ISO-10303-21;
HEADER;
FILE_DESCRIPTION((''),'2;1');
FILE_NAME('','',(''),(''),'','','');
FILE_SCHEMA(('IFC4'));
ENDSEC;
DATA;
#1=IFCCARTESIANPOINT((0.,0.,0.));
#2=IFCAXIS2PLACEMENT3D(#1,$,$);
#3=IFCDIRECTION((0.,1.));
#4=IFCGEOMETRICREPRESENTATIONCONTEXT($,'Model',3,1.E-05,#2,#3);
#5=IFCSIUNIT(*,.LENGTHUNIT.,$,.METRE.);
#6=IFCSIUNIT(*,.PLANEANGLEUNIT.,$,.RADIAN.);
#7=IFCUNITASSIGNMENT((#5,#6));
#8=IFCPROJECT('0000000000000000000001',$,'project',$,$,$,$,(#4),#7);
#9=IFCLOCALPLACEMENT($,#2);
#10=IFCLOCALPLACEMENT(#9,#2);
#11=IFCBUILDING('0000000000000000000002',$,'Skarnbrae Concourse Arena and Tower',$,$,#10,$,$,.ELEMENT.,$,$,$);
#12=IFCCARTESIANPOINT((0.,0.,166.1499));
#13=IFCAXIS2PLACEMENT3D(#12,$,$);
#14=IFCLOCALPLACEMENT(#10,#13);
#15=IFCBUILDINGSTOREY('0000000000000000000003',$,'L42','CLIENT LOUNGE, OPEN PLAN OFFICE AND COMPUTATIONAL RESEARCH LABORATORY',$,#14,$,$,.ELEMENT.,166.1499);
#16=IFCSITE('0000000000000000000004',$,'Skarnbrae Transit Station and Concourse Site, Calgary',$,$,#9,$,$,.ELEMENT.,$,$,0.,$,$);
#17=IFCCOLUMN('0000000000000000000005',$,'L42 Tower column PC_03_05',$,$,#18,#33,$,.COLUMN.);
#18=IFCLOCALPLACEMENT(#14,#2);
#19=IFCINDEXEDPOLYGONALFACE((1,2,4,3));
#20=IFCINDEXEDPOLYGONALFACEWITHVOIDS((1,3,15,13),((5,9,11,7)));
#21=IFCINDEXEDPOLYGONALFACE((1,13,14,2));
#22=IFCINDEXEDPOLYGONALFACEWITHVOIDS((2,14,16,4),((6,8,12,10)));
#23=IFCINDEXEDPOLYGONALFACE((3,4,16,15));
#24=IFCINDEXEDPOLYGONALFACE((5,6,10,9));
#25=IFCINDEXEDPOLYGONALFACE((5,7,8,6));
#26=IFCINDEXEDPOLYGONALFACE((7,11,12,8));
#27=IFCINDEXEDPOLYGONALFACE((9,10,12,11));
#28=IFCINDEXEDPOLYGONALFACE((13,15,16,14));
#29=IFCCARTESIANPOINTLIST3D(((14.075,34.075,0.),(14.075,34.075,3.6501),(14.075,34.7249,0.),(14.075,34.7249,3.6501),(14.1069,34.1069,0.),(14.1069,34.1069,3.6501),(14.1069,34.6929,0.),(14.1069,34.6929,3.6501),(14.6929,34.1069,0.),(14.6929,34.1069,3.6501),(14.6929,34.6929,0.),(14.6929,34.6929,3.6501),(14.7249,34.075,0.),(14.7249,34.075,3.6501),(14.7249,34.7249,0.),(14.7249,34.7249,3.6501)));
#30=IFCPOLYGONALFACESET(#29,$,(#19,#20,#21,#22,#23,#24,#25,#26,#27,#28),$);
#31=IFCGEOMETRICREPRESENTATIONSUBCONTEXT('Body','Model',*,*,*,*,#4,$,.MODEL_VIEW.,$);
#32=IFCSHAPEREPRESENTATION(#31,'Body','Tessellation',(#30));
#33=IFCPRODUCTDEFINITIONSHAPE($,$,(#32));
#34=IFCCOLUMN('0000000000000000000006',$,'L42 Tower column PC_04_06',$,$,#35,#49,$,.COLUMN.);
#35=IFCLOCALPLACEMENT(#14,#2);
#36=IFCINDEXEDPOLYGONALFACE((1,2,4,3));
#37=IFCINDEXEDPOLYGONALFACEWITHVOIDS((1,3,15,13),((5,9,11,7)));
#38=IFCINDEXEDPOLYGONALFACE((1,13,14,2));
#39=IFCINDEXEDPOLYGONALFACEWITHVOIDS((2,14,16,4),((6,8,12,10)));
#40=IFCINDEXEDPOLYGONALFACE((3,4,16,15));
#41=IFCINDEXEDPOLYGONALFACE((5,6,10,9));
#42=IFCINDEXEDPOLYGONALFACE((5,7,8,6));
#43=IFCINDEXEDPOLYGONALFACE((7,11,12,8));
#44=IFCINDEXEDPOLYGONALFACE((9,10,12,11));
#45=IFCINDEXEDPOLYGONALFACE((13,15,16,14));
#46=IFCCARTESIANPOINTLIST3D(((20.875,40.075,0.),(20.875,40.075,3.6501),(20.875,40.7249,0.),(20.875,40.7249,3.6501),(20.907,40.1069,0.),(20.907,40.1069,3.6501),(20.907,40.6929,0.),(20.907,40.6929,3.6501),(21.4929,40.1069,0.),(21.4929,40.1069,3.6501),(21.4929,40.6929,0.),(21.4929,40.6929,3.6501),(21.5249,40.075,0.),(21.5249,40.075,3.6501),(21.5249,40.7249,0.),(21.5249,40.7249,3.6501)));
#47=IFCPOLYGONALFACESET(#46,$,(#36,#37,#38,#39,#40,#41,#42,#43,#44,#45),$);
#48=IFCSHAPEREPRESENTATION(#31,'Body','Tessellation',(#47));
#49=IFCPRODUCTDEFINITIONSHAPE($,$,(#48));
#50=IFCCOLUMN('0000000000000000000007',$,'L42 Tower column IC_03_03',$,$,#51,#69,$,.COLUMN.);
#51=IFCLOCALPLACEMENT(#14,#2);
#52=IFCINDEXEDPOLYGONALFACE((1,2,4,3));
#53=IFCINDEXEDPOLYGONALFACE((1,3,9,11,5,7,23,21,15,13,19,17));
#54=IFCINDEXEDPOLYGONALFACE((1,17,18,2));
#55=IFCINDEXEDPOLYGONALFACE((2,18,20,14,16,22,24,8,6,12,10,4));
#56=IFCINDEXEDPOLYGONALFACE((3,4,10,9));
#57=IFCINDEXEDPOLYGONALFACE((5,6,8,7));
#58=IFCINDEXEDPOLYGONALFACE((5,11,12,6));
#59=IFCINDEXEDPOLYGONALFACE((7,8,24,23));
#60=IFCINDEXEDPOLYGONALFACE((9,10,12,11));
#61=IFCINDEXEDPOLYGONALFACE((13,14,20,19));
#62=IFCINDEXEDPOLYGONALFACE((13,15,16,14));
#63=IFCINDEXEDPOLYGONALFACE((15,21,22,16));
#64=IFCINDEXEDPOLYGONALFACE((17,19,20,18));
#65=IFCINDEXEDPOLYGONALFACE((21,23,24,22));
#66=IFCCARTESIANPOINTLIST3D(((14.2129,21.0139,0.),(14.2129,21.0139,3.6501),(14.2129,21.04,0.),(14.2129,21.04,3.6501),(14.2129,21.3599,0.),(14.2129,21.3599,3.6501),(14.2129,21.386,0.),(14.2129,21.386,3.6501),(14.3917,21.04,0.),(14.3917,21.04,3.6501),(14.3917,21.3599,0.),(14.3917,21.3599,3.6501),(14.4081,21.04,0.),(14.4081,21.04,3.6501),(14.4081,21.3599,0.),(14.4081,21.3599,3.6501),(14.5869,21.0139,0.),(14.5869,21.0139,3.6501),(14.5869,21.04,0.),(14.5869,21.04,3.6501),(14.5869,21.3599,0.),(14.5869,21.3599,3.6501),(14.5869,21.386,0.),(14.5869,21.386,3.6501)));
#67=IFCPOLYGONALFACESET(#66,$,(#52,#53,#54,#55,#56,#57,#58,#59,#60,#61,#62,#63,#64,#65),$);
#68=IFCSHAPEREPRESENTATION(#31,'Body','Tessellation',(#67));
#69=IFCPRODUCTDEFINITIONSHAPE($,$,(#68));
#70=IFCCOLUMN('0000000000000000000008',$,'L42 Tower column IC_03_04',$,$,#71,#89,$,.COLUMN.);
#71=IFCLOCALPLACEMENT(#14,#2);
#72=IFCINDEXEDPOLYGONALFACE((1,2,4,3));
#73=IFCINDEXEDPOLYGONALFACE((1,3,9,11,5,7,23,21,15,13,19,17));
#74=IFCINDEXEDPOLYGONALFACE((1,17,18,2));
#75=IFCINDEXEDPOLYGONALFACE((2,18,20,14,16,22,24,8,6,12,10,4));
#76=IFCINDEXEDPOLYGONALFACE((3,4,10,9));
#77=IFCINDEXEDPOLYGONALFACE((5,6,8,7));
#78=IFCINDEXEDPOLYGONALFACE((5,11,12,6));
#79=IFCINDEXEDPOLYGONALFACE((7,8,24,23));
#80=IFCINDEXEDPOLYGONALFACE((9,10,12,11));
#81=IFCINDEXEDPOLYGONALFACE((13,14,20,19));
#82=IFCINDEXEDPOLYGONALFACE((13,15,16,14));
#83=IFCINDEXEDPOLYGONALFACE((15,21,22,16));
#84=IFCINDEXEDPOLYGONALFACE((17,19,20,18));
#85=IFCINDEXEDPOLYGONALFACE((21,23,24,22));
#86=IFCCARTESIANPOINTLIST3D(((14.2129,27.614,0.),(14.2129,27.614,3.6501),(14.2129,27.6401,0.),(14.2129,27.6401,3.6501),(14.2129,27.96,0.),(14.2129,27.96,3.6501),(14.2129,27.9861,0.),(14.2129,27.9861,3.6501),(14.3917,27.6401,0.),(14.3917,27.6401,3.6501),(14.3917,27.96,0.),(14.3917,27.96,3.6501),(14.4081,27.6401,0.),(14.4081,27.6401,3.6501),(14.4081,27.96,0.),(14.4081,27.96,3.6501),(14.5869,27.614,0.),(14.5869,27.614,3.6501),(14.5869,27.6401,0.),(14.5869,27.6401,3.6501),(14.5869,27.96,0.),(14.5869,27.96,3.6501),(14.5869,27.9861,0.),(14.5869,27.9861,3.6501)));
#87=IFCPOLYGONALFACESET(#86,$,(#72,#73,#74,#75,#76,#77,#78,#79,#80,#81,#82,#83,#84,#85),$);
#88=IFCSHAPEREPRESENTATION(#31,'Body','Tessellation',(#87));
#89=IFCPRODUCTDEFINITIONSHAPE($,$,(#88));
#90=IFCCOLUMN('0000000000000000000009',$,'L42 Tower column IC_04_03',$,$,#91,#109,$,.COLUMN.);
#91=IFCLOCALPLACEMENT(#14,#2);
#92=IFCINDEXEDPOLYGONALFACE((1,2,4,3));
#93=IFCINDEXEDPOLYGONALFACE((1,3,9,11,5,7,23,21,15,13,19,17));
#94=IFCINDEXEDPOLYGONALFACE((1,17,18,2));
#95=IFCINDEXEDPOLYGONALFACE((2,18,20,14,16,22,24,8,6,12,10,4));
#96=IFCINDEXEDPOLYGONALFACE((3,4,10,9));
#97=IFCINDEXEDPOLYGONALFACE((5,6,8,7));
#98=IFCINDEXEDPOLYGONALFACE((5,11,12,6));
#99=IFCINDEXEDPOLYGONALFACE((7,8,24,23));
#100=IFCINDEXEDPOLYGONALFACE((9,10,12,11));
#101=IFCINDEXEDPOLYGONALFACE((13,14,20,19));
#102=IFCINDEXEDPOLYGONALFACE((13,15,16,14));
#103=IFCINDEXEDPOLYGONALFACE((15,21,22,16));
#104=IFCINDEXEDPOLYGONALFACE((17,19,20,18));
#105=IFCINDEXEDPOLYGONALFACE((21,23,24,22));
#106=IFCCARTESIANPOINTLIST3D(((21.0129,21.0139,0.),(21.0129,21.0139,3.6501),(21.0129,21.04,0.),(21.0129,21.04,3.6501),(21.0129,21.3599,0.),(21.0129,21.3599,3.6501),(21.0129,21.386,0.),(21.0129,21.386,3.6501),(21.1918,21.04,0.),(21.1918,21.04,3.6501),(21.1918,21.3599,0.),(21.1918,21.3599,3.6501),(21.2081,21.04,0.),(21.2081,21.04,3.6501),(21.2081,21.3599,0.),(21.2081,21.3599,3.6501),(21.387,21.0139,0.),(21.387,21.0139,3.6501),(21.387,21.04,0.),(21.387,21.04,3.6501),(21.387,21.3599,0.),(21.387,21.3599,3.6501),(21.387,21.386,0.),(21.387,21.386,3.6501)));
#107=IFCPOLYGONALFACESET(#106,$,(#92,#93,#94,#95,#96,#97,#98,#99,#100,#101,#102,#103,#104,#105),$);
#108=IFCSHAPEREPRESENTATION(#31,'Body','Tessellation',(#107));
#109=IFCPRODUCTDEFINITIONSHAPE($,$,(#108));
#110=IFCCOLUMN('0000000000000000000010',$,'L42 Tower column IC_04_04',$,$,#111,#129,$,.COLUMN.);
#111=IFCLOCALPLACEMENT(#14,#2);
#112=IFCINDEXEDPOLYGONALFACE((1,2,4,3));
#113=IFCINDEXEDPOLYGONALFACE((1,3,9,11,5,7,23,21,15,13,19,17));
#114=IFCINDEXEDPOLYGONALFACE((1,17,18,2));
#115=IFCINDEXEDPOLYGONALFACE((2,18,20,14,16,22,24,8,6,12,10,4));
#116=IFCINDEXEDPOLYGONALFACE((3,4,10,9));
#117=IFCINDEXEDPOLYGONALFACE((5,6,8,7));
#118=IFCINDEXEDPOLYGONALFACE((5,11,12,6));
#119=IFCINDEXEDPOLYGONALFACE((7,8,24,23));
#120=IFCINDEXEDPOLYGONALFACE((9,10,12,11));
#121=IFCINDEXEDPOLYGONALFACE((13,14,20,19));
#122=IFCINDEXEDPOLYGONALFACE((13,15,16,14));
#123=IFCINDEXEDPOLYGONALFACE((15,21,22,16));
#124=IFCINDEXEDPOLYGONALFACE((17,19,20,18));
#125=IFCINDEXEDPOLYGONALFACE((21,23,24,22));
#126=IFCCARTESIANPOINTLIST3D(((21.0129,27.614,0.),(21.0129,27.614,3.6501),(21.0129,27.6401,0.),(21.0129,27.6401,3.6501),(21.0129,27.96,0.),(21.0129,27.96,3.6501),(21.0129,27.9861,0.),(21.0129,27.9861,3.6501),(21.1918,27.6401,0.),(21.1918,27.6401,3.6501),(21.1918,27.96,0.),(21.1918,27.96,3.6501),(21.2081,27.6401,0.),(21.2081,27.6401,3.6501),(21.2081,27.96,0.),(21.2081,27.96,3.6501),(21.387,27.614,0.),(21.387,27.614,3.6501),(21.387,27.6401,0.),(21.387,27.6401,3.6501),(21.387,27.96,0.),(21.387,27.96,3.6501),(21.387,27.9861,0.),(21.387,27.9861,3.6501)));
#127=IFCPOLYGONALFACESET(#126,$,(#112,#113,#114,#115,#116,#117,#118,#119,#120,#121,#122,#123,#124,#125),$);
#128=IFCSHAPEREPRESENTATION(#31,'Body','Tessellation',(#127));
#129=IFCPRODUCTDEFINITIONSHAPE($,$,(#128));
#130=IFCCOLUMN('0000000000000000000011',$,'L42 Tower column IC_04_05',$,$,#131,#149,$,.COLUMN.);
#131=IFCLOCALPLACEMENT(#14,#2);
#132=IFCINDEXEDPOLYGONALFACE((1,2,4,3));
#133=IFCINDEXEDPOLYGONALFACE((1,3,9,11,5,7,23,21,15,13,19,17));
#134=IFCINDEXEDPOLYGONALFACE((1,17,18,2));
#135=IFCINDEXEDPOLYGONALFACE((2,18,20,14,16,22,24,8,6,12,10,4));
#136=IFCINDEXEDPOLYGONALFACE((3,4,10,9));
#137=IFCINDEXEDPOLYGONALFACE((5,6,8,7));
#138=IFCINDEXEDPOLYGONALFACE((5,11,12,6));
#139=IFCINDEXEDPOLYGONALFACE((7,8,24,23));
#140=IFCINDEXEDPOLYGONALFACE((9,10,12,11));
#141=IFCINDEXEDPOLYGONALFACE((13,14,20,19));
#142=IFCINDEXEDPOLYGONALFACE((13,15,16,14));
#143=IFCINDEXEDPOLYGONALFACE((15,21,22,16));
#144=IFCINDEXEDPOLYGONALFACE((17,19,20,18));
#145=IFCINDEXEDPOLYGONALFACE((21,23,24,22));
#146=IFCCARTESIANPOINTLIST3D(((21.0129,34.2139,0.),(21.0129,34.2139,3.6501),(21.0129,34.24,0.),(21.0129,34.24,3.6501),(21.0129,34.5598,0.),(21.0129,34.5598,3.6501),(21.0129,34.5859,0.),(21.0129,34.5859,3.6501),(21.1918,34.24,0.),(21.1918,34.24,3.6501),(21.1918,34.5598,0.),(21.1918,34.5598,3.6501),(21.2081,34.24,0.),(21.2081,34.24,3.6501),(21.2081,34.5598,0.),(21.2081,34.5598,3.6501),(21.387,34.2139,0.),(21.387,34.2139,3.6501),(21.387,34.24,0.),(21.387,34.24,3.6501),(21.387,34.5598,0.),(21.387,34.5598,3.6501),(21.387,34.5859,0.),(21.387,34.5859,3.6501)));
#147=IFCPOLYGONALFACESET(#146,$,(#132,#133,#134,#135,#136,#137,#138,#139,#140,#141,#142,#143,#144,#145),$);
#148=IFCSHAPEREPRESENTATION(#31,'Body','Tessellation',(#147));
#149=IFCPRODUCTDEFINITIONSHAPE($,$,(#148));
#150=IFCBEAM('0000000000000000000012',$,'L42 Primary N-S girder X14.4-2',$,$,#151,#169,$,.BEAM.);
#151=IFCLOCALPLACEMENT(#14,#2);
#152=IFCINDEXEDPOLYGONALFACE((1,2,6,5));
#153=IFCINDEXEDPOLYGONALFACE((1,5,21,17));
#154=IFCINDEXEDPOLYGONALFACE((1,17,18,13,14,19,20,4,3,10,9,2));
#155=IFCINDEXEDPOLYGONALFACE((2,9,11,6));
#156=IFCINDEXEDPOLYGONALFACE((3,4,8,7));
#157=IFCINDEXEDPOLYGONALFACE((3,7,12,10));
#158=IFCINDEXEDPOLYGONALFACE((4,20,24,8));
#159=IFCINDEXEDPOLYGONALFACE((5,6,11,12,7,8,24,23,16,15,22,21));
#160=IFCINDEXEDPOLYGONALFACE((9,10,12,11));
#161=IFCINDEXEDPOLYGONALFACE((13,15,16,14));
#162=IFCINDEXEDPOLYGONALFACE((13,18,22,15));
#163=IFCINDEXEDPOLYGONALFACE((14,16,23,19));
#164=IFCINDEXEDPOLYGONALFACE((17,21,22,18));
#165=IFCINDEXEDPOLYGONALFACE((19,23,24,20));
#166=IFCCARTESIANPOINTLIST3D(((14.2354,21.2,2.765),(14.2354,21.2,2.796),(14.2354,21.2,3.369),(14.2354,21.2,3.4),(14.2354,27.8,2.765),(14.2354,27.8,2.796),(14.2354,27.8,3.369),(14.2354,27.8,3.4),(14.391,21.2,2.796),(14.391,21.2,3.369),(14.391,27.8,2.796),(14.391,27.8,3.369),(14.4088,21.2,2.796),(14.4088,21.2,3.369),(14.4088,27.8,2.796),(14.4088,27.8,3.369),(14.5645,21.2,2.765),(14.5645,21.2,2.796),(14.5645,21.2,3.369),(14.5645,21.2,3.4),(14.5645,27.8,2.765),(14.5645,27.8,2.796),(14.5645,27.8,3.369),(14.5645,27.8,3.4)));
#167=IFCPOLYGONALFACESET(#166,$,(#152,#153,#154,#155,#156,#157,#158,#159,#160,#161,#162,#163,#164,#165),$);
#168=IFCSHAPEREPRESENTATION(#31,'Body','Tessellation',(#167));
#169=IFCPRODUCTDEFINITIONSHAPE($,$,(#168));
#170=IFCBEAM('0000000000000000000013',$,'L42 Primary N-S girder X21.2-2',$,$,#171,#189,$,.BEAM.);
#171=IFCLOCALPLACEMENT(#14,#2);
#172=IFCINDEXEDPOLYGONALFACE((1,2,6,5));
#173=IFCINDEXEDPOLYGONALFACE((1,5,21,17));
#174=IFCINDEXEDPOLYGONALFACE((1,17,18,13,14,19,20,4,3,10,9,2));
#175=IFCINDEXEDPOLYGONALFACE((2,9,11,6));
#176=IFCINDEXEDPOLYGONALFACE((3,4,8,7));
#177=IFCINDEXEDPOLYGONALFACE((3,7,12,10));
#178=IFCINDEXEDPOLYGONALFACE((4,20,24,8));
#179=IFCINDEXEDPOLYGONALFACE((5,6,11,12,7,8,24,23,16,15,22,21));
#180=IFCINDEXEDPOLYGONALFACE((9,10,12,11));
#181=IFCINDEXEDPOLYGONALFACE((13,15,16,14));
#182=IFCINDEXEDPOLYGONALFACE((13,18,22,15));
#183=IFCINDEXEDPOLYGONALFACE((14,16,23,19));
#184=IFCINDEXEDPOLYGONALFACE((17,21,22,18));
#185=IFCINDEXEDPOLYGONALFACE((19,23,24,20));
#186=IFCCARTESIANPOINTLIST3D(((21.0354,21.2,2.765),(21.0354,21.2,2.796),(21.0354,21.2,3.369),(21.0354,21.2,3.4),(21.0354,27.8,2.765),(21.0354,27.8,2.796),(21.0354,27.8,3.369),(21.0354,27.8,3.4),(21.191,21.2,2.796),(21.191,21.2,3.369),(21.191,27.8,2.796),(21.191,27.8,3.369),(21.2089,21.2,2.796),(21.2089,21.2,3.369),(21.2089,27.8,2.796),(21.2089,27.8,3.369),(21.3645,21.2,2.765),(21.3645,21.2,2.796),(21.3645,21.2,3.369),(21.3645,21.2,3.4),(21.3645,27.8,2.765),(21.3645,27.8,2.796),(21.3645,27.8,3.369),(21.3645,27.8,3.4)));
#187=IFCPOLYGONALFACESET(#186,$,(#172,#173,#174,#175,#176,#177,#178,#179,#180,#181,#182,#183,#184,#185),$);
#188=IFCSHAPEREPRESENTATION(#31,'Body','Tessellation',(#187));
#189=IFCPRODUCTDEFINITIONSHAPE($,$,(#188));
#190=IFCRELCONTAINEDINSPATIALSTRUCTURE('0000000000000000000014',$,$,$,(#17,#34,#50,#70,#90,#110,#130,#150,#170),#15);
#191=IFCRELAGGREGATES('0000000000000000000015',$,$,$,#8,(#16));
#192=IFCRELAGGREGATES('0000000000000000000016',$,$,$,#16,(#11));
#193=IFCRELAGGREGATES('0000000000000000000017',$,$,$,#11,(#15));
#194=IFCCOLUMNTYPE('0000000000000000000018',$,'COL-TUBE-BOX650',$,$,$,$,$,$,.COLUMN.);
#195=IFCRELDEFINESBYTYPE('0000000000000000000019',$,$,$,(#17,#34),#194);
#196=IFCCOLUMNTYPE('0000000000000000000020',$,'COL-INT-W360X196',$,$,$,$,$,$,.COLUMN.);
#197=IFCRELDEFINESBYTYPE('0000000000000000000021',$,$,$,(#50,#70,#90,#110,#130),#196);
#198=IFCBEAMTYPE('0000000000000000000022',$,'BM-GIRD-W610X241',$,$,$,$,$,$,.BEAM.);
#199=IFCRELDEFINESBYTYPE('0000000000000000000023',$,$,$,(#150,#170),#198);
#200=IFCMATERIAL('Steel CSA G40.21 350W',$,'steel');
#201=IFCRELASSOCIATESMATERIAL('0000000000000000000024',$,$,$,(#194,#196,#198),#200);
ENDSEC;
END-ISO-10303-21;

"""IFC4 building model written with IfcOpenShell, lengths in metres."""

from ifc_helpers import new_model, si_unit, direction, frame, origin, origin_2d, place, context, subcontext, project, spatial, hollow_rectangle, i_section, extrude, source, transform, mapped, material, material_profile, profile_set, type_object, element, save


model = new_model("IFC4")

# Units and contexts
model_context = context("Model", 3, precision=1e-05, world=origin(), true_north=direction((0.0, 1.0)))
body_context = subcontext(model_context, "Body", "Model", "MODEL_VIEW")
ifc_project = project(units=[si_unit("LENGTHUNIT", "METRE"), si_unit("PLANEANGLEUNIT", "RADIAN")], contexts=[model_context])

# Site, building, storey
site_placement = place(None, origin())
site = spatial("IfcSite", under=ifc_project, at=site_placement, Name="Skarnbrae Transit Station and Concourse Site, Calgary", CompositionType="ELEMENT", RefElevation=0.0)
building_placement = place(site_placement, origin())
building = spatial("IfcBuilding", under=site, at=building_placement, Name="Skarnbrae Concourse Arena and Tower", CompositionType="ELEMENT")
storey_placement = place(building_placement, frame((0.0, 0.0, 166.1499)))
storey = spatial("IfcBuildingStorey", under=building, at=storey_placement, Name="L42", Description="CLIENT LOUNGE, OPEN PLAN OFFICE AND COMPUTATIONAL RESEARCH LABORATORY", CompositionType="ELEMENT", Elevation=166.1499)

# Columns
ifc_material_1 = material(Name="Steel CSA G40.21 350W", Category="steel")
ifc_material_profile_1 = material_profile(ifc_material_1, hollow_rectangle(XDim=0.6499, YDim=0.6499, WallThickness=0.032, at=origin_2d()), Name="BOX650X650X32")
ifc_profile_set_1 = profile_set([ifc_material_profile_1], Name="Steel CSA G40.21 350W")
column_type_1 = type_object("IfcColumnType", Name="COL-TUBE-BOX650", PredefinedType="COLUMN", material=ifc_profile_set_1)
shared_shape_1 = source(origin(), body_context, "Body", "SweptSolid", [
    extrude(hollow_rectangle(XDim=0.6499, YDim=0.6499, WallThickness=0.032, at=origin_2d()), origin(), (0.0, 0.0, 1.0), 3.6501),
])
for number, where, z_axis, x_axis, name in (
    (1, (14.3999, 34.3999, 0.0), (0.0, 0.0, 1.0), (1.0, 0.0, 0.0), "L42 Tower column PC_03_05"),
    (2, (21.2, 40.3999, 0.0), (0.0, 0.0, 1.0), (1.0, 0.0, 0.0), "L42 Tower column PC_04_06"),
):
    element("IfcColumn", number, at=place(storey_placement, frame(where, z_axis=z_axis, x_axis=x_axis)), inside=storey, type_object=column_type_1, Name=name, PredefinedType="COLUMN", context=body_context, shape_type="MappedRepresentation", body=[
        mapped(shared_shape_1, transform((0.0, 0.0, 0.0))),
    ])
ifc_material_profile_2 = material_profile(ifc_material_1, i_section(OverallWidth=0.374, OverallDepth=0.3721, WebThickness=0.0164, FlangeThickness=0.0261, at=origin_2d()), Name="W360X196")
ifc_profile_set_2 = profile_set([ifc_material_profile_2], Name="Steel CSA G40.21 350W")
column_type_2 = type_object("IfcColumnType", Name="COL-INT-W360X196", PredefinedType="COLUMN", material=ifc_profile_set_2)
shared_shape_2 = source(origin(), body_context, "Body", "SweptSolid", [
    extrude(i_section(OverallWidth=0.374, OverallDepth=0.3721, WebThickness=0.0164, FlangeThickness=0.0261, at=origin_2d()), origin(), (0.0, 0.0, 1.0), 3.6501),
])
for number, where, z_axis, x_axis, name in (
    (3, (14.3999, 21.2, 0.0), (0.0, 0.0, 1.0), (1.0, 0.0, 0.0), "L42 Tower column IC_03_03"),
    (4, (14.3999, 27.8, 0.0), (0.0, 0.0, 1.0), (1.0, 0.0, 0.0), "L42 Tower column IC_03_04"),
    (5, (21.2, 21.2, 0.0), (0.0, 0.0, 1.0), (1.0, 0.0, 0.0), "L42 Tower column IC_04_03"),
    (6, (21.2, 27.8, 0.0), (0.0, 0.0, 1.0), (1.0, 0.0, 0.0), "L42 Tower column IC_04_04"),
    (7, (21.2, 34.3999, 0.0), (0.0, 0.0, 1.0), (1.0, 0.0, 0.0), "L42 Tower column IC_04_05"),
):
    element("IfcColumn", number, at=place(storey_placement, frame(where, z_axis=z_axis, x_axis=x_axis)), inside=storey, type_object=column_type_2, Name=name, PredefinedType="COLUMN", context=body_context, shape_type="MappedRepresentation", body=[
        mapped(shared_shape_2, transform((0.0, 0.0, 0.0))),
    ])

# Beams
ifc_material_profile_3 = material_profile(ifc_material_1, i_section(OverallWidth=0.3291, OverallDepth=0.635, WebThickness=0.0178, FlangeThickness=0.031, at=origin_2d()), Name="W610X241")
ifc_profile_set_3 = profile_set([ifc_material_profile_3], Name="Steel CSA G40.21 350W")
beam_type_1 = type_object("IfcBeamType", Name="BM-GIRD-W610X241", PredefinedType="BEAM", material=ifc_profile_set_3)
shared_shape_3 = source(origin(), body_context, "Body", "SweptSolid", [
    extrude(i_section(OverallWidth=0.3291, OverallDepth=0.635, WebThickness=0.0178, FlangeThickness=0.031, at=origin_2d()), origin(), (0.0, 0.0, 1.0), 6.6001),
])
for number, where, z_axis, x_axis, name in (
    (8, (14.3999, 21.2, 3.0825), (0.0, 1.0, 0.0), (-1.0, 0.0, 0.0), "L42 Primary N-S girder X14.4-2"),
    (9, (21.2, 21.2, 3.0825), (0.0, 1.0, 0.0), (-1.0, 0.0, 0.0), "L42 Primary N-S girder X21.2-2"),
):
    element("IfcBeam", number, at=place(storey_placement, frame(where, z_axis=z_axis, x_axis=x_axis)), inside=storey, type_object=beam_type_1, Name=name, PredefinedType="BEAM", context=body_context, shape_type="MappedRepresentation", body=[
        mapped(shared_shape_3, transform((0.0, 0.0, 0.0))),
    ])

save(model, "model.ifc")
